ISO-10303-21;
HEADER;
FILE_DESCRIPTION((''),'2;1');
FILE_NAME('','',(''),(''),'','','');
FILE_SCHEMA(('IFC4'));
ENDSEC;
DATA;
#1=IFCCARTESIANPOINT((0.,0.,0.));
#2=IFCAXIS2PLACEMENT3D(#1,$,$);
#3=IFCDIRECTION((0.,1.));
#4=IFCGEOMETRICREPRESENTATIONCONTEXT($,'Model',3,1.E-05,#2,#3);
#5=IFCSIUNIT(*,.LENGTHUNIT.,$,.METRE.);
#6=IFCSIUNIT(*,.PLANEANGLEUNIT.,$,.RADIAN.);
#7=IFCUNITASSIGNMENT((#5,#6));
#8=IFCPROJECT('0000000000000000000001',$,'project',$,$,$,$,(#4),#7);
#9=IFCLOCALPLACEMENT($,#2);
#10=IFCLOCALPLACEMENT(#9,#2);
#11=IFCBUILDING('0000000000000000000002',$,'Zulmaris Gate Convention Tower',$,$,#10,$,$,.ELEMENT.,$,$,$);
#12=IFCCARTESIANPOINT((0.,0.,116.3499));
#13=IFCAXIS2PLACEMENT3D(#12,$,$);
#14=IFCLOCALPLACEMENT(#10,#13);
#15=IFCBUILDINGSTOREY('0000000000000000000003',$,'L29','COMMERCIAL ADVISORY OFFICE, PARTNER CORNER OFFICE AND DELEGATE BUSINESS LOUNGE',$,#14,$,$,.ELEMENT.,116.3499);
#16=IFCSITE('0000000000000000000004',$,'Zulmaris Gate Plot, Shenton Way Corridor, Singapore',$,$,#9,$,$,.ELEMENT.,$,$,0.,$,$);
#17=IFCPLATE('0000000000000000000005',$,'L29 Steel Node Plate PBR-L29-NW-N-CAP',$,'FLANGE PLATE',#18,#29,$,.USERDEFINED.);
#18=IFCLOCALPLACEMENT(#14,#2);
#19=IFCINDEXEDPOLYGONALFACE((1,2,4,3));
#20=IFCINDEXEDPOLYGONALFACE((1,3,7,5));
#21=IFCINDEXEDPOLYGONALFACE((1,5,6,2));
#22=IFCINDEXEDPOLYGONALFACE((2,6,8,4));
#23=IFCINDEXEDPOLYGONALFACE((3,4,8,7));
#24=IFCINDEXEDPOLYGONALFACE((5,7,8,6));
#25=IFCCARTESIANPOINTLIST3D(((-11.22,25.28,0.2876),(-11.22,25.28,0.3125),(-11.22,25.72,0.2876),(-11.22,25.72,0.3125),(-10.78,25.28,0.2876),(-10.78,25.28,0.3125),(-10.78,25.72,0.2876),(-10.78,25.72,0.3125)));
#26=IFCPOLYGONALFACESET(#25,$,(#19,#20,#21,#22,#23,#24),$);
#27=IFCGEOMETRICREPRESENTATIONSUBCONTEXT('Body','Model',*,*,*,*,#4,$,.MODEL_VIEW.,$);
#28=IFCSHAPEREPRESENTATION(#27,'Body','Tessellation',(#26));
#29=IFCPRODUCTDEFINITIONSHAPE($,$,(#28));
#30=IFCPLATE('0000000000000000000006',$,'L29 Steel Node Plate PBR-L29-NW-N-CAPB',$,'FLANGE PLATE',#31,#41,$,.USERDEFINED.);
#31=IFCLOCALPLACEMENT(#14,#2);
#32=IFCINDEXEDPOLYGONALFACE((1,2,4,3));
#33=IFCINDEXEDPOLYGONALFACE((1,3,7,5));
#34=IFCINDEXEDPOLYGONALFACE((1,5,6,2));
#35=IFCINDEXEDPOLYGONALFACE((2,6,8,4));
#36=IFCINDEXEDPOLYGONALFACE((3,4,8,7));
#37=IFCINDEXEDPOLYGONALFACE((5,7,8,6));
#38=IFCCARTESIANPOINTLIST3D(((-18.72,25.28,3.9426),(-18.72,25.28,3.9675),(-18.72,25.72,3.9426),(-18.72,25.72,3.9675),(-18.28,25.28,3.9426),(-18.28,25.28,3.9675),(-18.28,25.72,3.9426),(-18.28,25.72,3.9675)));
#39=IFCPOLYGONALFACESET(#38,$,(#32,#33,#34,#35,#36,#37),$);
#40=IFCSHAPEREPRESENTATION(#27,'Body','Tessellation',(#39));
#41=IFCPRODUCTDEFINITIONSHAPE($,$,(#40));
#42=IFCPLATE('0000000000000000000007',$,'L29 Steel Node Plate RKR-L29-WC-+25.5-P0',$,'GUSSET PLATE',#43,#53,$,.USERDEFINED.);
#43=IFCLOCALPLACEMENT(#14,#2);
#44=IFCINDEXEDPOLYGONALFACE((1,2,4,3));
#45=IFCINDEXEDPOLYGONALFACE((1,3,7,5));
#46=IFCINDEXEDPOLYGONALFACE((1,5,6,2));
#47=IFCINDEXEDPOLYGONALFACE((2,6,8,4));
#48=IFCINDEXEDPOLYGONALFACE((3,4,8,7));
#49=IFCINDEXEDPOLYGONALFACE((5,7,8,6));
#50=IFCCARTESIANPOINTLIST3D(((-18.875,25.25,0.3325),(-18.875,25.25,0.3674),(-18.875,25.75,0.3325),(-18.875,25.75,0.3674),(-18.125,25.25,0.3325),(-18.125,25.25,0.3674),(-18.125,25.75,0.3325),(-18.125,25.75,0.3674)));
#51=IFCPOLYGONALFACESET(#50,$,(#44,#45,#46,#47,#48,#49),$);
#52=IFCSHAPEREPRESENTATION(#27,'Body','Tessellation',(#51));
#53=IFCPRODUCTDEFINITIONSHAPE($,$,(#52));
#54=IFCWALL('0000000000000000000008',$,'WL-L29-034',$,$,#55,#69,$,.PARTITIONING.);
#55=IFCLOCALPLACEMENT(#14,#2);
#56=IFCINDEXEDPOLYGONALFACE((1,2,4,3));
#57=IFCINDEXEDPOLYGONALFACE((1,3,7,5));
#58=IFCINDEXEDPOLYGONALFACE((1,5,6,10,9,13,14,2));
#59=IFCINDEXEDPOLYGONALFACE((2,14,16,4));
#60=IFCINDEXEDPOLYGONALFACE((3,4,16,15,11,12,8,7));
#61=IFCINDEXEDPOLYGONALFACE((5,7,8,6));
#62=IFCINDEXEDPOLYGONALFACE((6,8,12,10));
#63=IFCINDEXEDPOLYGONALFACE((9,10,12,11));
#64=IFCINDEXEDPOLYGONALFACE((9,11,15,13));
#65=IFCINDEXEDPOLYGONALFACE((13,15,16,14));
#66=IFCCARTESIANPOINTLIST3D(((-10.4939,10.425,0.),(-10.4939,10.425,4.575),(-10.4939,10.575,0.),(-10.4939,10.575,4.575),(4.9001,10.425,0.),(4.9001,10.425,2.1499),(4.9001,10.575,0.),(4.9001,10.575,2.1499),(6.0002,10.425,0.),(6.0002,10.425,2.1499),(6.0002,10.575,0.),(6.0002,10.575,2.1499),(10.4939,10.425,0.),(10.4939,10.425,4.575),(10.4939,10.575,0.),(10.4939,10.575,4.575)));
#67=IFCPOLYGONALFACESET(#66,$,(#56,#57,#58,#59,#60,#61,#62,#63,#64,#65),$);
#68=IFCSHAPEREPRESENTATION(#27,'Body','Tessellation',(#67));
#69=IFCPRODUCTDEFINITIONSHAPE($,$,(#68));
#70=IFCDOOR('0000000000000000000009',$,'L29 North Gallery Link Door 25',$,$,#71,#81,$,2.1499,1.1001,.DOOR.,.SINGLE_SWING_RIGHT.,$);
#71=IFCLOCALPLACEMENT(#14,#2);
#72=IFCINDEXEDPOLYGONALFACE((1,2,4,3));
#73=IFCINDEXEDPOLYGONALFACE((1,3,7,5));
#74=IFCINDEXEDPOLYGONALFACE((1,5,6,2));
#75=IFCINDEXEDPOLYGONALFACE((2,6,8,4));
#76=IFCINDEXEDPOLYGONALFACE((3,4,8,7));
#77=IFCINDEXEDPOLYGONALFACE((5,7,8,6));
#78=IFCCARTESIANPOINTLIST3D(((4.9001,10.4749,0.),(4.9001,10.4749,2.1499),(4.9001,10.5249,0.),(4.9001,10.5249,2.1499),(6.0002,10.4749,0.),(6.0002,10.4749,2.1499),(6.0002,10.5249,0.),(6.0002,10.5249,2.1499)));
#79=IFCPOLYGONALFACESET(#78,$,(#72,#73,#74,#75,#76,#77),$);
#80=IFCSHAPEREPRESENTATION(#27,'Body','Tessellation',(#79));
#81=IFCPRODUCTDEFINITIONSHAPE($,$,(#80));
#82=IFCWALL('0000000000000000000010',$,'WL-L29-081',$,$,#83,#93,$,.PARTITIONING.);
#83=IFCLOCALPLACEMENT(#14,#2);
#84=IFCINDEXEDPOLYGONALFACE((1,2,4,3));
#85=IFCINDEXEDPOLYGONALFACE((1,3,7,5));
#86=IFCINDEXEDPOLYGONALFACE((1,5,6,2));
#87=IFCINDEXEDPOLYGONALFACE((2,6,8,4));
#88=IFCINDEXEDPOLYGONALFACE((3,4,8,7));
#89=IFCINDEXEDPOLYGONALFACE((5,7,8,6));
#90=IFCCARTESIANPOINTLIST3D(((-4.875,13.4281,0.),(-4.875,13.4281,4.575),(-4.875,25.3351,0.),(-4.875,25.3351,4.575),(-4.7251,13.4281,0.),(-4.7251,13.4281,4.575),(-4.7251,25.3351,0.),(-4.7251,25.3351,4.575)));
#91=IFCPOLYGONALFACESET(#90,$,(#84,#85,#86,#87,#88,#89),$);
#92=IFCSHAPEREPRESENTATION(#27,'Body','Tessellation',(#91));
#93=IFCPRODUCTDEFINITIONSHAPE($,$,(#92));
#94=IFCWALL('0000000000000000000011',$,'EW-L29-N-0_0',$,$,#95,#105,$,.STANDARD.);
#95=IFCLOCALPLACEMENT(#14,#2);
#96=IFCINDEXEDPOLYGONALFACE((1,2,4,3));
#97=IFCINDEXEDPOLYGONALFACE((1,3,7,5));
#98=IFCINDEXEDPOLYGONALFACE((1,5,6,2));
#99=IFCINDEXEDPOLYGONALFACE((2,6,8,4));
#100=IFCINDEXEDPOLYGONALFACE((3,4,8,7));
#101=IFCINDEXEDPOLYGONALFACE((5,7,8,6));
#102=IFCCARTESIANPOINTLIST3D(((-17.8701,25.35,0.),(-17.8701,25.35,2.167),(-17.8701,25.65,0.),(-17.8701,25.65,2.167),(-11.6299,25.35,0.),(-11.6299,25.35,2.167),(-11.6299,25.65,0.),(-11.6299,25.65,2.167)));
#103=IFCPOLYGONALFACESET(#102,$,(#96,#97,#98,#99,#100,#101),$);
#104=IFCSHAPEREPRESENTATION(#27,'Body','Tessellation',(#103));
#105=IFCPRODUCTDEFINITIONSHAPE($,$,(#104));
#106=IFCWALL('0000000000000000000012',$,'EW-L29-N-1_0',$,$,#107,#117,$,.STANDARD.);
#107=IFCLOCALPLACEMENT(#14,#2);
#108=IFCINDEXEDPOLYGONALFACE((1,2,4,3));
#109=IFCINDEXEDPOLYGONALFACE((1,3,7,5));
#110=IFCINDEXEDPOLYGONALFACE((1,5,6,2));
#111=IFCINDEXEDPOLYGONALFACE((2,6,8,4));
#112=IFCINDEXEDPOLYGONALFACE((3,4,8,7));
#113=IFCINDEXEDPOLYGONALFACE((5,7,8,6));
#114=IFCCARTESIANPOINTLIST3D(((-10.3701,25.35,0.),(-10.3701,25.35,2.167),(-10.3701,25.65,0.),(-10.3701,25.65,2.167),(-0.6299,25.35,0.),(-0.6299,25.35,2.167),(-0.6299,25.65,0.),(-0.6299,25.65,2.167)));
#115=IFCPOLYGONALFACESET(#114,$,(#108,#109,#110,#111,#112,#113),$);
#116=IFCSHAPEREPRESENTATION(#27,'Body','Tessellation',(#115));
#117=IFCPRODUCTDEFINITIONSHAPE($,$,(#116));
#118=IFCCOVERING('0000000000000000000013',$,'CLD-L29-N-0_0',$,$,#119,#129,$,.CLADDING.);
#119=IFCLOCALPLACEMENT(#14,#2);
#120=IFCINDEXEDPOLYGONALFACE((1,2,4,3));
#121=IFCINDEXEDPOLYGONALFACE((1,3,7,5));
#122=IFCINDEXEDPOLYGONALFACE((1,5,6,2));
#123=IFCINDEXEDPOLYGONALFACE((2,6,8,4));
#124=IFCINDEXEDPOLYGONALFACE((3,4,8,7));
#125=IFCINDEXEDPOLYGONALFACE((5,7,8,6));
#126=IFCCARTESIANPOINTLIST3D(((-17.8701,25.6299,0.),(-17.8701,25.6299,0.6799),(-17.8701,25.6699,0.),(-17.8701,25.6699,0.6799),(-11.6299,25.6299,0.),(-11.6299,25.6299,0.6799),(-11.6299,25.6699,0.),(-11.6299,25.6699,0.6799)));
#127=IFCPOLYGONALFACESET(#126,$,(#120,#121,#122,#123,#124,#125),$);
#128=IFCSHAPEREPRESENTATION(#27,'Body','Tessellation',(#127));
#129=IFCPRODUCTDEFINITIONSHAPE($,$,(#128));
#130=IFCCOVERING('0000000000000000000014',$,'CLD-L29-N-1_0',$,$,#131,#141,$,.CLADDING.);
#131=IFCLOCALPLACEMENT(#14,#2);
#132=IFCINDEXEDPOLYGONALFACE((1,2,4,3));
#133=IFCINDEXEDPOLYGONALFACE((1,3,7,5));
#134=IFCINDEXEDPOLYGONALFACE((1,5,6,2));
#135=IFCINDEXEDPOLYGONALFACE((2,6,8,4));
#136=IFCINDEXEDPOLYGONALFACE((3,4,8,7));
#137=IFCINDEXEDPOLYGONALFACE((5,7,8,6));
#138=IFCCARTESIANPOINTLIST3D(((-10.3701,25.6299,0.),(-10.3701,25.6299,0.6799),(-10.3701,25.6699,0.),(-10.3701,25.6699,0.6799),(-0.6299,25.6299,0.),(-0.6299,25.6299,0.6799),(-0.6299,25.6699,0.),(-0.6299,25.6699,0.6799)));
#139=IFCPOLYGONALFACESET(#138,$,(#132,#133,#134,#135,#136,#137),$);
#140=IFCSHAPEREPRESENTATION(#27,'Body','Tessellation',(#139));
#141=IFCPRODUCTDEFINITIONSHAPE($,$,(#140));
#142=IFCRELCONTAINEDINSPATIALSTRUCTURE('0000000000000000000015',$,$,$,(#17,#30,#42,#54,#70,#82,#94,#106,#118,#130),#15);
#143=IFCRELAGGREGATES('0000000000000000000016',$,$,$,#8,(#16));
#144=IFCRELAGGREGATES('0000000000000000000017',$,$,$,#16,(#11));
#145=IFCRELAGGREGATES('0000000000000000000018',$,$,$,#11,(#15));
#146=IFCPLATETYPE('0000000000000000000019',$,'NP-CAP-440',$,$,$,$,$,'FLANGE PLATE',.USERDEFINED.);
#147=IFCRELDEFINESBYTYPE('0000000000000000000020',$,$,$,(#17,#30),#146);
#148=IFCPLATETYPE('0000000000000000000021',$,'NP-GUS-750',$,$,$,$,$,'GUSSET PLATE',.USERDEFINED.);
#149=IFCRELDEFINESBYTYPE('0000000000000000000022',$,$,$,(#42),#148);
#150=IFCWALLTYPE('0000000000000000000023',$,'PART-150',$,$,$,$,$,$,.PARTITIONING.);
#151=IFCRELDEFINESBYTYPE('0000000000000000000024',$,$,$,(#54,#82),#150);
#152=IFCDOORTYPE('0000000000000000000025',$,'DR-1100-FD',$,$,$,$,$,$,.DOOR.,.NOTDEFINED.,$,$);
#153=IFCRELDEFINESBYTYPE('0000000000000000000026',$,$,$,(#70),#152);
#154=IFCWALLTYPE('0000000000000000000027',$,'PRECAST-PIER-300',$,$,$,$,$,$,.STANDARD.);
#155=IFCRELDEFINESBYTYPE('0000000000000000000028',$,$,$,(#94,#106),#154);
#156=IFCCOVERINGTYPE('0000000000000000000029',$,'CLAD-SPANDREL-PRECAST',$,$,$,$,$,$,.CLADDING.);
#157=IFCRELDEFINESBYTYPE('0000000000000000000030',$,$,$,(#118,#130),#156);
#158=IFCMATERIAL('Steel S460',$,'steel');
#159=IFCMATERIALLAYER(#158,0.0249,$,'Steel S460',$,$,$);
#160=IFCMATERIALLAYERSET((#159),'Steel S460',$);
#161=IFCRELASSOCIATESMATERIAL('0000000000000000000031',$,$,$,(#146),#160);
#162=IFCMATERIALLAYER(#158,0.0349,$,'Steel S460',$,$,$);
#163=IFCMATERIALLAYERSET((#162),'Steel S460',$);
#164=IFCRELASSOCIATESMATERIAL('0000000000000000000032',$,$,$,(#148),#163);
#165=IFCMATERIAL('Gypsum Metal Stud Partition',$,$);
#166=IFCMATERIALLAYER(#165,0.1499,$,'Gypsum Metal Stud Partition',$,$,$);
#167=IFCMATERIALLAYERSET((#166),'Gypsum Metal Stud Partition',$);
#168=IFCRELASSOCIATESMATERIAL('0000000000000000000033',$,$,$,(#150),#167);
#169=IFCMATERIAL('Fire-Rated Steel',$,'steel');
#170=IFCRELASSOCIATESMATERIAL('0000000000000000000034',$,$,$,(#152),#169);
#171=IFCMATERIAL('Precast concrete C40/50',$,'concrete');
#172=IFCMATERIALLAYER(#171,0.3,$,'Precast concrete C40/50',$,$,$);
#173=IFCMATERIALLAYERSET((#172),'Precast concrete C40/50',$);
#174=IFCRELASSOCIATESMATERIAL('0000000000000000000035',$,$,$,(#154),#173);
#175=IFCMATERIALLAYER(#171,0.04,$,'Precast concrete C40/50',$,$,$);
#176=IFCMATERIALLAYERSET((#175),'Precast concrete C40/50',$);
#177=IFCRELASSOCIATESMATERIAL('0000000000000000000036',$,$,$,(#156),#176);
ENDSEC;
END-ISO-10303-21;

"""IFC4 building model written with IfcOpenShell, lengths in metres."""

from ifc_helpers import new_model, si_unit, direction, frame, frame_2d, origin, origin_2d, place, context, subcontext, project, spatial, rectangle, extrude, material, layer, layer_set, type_object, element, fill, save


model = new_model("IFC4")

# Units and contexts
model_context = context("Model", 3, precision=1e-05, world=origin(), true_north=direction((0.0, 1.0)))
body_context = subcontext(model_context, "Body", "Model", "MODEL_VIEW")
ifc_project = project(units=[si_unit("LENGTHUNIT", "METRE"), si_unit("PLANEANGLEUNIT", "RADIAN")], contexts=[model_context])

# Site, building, storey
site_placement = place(None, origin())
site = spatial("IfcSite", under=ifc_project, at=site_placement, Name="Zulmaris Gate Plot, Shenton Way Corridor, Singapore", CompositionType="ELEMENT", RefElevation=0.0)
building_placement = place(site_placement, origin())
building = spatial("IfcBuilding", under=site, at=building_placement, Name="Zulmaris Gate Convention Tower", CompositionType="ELEMENT")
storey_placement = place(building_placement, frame((0.0, 0.0, 116.3499)))
storey = spatial("IfcBuildingStorey", under=building, at=storey_placement, Name="L29", Description="COMMERCIAL ADVISORY OFFICE, PARTNER CORNER OFFICE AND DELEGATE BUSINESS LOUNGE", CompositionType="ELEMENT", Elevation=116.3499)

# Shared definitions
ifc_material_1 = material(Name="Steel S460", Category="steel")

# Plates
ifc_layer_1 = layer(ifc_material_1, 0.0249, Name="Steel S460")
ifc_layer_set_1 = layer_set([ifc_layer_1], Name="Steel S460")
plate_type_1 = type_object("IfcPlateType", Name="NP-CAP-440", ElementType="FLANGE PLATE", PredefinedType="USERDEFINED", material=ifc_layer_set_1)
for number, where, z_axis, x_axis, name in (
    (1, (-11.0, 25.5, 0.2876), (0.0, 0.0, 1.0), (1.0, 0.0, 0.0), "L29 Steel Node Plate PBR-L29-NW-N-CAP"),
    (2, (-18.5, 25.5, 3.9426), (0.0, 0.0, 1.0), (1.0, 0.0, 0.0), "L29 Steel Node Plate PBR-L29-NW-N-CAPB"),
):
    element("IfcPlate", number, at=place(storey_placement, frame(where, z_axis=z_axis, x_axis=x_axis)), inside=storey, type_object=plate_type_1, Name=name, ObjectType="FLANGE PLATE", PredefinedType="USERDEFINED", context=body_context, shape_type="SweptSolid", body=[
        extrude(rectangle(XDim=0.4399, YDim=0.4399, at=origin_2d()), origin(), (0.0, 0.0, 1.0), 0.0249),
    ])
ifc_layer_2 = layer(ifc_material_1, 0.0349, Name="Steel S460")
ifc_layer_set_2 = layer_set([ifc_layer_2], Name="Steel S460")
plate_type_2 = type_object("IfcPlateType", Name="NP-GUS-750", ElementType="GUSSET PLATE", PredefinedType="USERDEFINED", material=ifc_layer_set_2)
plate_placement = place(storey_placement, frame((-18.5, 25.5, 0.3325), z_axis=(0.0, 0.0, 1.0), x_axis=(1.0, 0.0, 0.0)))
element("IfcPlate", 3, at=plate_placement, inside=storey, type_object=plate_type_2, Name="L29 Steel Node Plate RKR-L29-WC-+25.5-P0", ObjectType="GUSSET PLATE", PredefinedType="USERDEFINED", context=body_context, shape_type="SweptSolid", body=[
    extrude(rectangle(XDim=0.75, YDim=0.5, at=origin_2d()), origin(), (0.0, 0.0, 1.0), 0.0349),
])

# Wall, opening, door
ifc_material_2 = material(Name="Gypsum Metal Stud Partition")
ifc_layer_3 = layer(ifc_material_2, 0.1499, Name="Gypsum Metal Stud Partition")
ifc_layer_set_3 = layer_set([ifc_layer_3], Name="Gypsum Metal Stud Partition")
wall_type_1 = type_object("IfcWallType", Name="PART-150", PredefinedType="PARTITIONING", material=ifc_layer_set_3)
wall_1_placement = place(storey_placement, frame((-10.4939, 10.5, 0.0), z_axis=(0.0, 0.0, 1.0), x_axis=(1.0, 0.0, 0.0)))
wall_1 = element("IfcWall", 4, at=wall_1_placement, inside=storey, type_object=wall_type_1, Name="WL-L29-034", PredefinedType="PARTITIONING", context=body_context, shape_type="SweptSolid", body=[
    extrude(rectangle(XDim=20.9878, YDim=0.1499, at=frame_2d((10.4939, 0.0))), origin(), (0.0, 0.0, 1.0), 4.575),
])
opening_1_placement = place(wall_1_placement, frame((15.394, 0.0, 0.0)))
opening_1 = element("IfcOpeningElement", 5, at=opening_1_placement, cuts=wall_1, PredefinedType="OPENING", context=body_context, shape_type="SweptSolid", body=[
    extrude(rectangle(XDim=1.1001, YDim=2.1499, at=frame_2d((0.55, 1.075))), frame((0.0, 0.085, 0.0), z_axis=(0.0, -1.0, 0.0), x_axis=(1.0, 0.0, 0.0)), (0.0, 0.0, 1.0), 0.1699),
])
ifc_material_3 = material(Name="Fire-Rated Steel", Category="steel")
door_type_1 = type_object("IfcDoorType", Name="DR-1100-FD", OperationType="NOTDEFINED", PredefinedType="DOOR", material=ifc_material_3)
door_1_placement = place(opening_1_placement, origin())
door_1 = element("IfcDoor", 6, at=door_1_placement, inside=storey, type_object=door_type_1, Name="L29 North Gallery Link Door 25", OperationType="SINGLE_SWING_RIGHT", OverallHeight=2.1499, OverallWidth=1.1001, PredefinedType="DOOR", context=body_context, shape_type="SweptSolid", body=[
    extrude(rectangle(XDim=1.1001, YDim=2.1499, at=frame_2d((0.55, 1.075))), frame((0.0, 0.0249, 0.0), z_axis=(0.0, -1.0, 0.0), x_axis=(1.0, 0.0, 0.0)), (0.0, 0.0, 1.0), 0.05),
])
fill(opening_1, door_1)

# Walls
wall_2_placement = place(storey_placement, frame((-4.8, 13.428, 0.0), z_axis=(0.0, 0.0, 1.0), x_axis=(0.0, 1.0, 0.0)))
element("IfcWall", 7, at=wall_2_placement, inside=storey, type_object=wall_type_1, Name="WL-L29-081", PredefinedType="PARTITIONING", context=body_context, shape_type="SweptSolid", body=[
    extrude(rectangle(XDim=11.907, YDim=0.1499, at=frame_2d((5.9536, 0.0))), origin(), (0.0, 0.0, 1.0), 4.575),
])
ifc_material_4 = material(Name="Precast concrete C40/50", Category="concrete")
ifc_layer_4 = layer(ifc_material_4, 0.3, Name="Precast concrete C40/50")
ifc_layer_set_4 = layer_set([ifc_layer_4], Name="Precast concrete C40/50")
wall_type_2 = type_object("IfcWallType", Name="PRECAST-PIER-300", PredefinedType="STANDARD", material=ifc_layer_set_4)
wall_3_placement = place(storey_placement, frame((-11.6299, 25.5, 0.0), z_axis=(0.0, 0.0, 1.0), x_axis=(-1.0, 0.0, 0.0)))
element("IfcWall", 8, at=wall_3_placement, inside=storey, type_object=wall_type_2, Name="EW-L29-N-0_0", PredefinedType="STANDARD", context=body_context, shape_type="SweptSolid", body=[
    extrude(rectangle(XDim=6.2402, YDim=0.3, at=frame_2d((3.1201, 0.0))), origin(), (0.0, 0.0, 1.0), 2.167),
])
wall_4_placement = place(storey_placement, frame((-0.6299, 25.5, 0.0), z_axis=(0.0, 0.0, 1.0), x_axis=(-1.0, 0.0, 0.0)))
element("IfcWall", 9, at=wall_4_placement, inside=storey, type_object=wall_type_2, Name="EW-L29-N-1_0", PredefinedType="STANDARD", context=body_context, shape_type="SweptSolid", body=[
    extrude(rectangle(XDim=9.7402, YDim=0.3, at=frame_2d((4.8701, 0.0))), origin(), (0.0, 0.0, 1.0), 2.167),
])

# Coverings
ifc_layer_5 = layer(ifc_material_4, 0.04, Name="Precast concrete C40/50")
ifc_layer_set_5 = layer_set([ifc_layer_5], Name="Precast concrete C40/50")
covering_type = type_object("IfcCoveringType", Name="CLAD-SPANDREL-PRECAST", PredefinedType="CLADDING", material=ifc_layer_set_5)
covering_1_placement = place(storey_placement, frame((-11.6299, 25.6499, 0.0), z_axis=(0.0, 0.0, 1.0), x_axis=(-1.0, 0.0, 0.0)))
element("IfcCovering", 10, at=covering_1_placement, inside=storey, type_object=covering_type, Name="CLD-L29-N-0_0", PredefinedType="CLADDING", context=body_context, shape_type="SweptSolid", body=[
    extrude(rectangle(XDim=6.2402, YDim=0.04, at=frame_2d((3.1201, 0.0))), origin(), (0.0, 0.0, 1.0), 0.6799),
])
covering_2_placement = place(storey_placement, frame((-0.6299, 25.6499, 0.0), z_axis=(0.0, 0.0, 1.0), x_axis=(-1.0, 0.0, 0.0)))
element("IfcCovering", 11, at=covering_2_placement, inside=storey, type_object=covering_type, Name="CLD-L29-N-1_0", PredefinedType="CLADDING", context=body_context, shape_type="SweptSolid", body=[
    extrude(rectangle(XDim=9.7402, YDim=0.04, at=frame_2d((4.8701, 0.0))), origin(), (0.0, 0.0, 1.0), 0.6799),
])

save(model, "model.ifc")
